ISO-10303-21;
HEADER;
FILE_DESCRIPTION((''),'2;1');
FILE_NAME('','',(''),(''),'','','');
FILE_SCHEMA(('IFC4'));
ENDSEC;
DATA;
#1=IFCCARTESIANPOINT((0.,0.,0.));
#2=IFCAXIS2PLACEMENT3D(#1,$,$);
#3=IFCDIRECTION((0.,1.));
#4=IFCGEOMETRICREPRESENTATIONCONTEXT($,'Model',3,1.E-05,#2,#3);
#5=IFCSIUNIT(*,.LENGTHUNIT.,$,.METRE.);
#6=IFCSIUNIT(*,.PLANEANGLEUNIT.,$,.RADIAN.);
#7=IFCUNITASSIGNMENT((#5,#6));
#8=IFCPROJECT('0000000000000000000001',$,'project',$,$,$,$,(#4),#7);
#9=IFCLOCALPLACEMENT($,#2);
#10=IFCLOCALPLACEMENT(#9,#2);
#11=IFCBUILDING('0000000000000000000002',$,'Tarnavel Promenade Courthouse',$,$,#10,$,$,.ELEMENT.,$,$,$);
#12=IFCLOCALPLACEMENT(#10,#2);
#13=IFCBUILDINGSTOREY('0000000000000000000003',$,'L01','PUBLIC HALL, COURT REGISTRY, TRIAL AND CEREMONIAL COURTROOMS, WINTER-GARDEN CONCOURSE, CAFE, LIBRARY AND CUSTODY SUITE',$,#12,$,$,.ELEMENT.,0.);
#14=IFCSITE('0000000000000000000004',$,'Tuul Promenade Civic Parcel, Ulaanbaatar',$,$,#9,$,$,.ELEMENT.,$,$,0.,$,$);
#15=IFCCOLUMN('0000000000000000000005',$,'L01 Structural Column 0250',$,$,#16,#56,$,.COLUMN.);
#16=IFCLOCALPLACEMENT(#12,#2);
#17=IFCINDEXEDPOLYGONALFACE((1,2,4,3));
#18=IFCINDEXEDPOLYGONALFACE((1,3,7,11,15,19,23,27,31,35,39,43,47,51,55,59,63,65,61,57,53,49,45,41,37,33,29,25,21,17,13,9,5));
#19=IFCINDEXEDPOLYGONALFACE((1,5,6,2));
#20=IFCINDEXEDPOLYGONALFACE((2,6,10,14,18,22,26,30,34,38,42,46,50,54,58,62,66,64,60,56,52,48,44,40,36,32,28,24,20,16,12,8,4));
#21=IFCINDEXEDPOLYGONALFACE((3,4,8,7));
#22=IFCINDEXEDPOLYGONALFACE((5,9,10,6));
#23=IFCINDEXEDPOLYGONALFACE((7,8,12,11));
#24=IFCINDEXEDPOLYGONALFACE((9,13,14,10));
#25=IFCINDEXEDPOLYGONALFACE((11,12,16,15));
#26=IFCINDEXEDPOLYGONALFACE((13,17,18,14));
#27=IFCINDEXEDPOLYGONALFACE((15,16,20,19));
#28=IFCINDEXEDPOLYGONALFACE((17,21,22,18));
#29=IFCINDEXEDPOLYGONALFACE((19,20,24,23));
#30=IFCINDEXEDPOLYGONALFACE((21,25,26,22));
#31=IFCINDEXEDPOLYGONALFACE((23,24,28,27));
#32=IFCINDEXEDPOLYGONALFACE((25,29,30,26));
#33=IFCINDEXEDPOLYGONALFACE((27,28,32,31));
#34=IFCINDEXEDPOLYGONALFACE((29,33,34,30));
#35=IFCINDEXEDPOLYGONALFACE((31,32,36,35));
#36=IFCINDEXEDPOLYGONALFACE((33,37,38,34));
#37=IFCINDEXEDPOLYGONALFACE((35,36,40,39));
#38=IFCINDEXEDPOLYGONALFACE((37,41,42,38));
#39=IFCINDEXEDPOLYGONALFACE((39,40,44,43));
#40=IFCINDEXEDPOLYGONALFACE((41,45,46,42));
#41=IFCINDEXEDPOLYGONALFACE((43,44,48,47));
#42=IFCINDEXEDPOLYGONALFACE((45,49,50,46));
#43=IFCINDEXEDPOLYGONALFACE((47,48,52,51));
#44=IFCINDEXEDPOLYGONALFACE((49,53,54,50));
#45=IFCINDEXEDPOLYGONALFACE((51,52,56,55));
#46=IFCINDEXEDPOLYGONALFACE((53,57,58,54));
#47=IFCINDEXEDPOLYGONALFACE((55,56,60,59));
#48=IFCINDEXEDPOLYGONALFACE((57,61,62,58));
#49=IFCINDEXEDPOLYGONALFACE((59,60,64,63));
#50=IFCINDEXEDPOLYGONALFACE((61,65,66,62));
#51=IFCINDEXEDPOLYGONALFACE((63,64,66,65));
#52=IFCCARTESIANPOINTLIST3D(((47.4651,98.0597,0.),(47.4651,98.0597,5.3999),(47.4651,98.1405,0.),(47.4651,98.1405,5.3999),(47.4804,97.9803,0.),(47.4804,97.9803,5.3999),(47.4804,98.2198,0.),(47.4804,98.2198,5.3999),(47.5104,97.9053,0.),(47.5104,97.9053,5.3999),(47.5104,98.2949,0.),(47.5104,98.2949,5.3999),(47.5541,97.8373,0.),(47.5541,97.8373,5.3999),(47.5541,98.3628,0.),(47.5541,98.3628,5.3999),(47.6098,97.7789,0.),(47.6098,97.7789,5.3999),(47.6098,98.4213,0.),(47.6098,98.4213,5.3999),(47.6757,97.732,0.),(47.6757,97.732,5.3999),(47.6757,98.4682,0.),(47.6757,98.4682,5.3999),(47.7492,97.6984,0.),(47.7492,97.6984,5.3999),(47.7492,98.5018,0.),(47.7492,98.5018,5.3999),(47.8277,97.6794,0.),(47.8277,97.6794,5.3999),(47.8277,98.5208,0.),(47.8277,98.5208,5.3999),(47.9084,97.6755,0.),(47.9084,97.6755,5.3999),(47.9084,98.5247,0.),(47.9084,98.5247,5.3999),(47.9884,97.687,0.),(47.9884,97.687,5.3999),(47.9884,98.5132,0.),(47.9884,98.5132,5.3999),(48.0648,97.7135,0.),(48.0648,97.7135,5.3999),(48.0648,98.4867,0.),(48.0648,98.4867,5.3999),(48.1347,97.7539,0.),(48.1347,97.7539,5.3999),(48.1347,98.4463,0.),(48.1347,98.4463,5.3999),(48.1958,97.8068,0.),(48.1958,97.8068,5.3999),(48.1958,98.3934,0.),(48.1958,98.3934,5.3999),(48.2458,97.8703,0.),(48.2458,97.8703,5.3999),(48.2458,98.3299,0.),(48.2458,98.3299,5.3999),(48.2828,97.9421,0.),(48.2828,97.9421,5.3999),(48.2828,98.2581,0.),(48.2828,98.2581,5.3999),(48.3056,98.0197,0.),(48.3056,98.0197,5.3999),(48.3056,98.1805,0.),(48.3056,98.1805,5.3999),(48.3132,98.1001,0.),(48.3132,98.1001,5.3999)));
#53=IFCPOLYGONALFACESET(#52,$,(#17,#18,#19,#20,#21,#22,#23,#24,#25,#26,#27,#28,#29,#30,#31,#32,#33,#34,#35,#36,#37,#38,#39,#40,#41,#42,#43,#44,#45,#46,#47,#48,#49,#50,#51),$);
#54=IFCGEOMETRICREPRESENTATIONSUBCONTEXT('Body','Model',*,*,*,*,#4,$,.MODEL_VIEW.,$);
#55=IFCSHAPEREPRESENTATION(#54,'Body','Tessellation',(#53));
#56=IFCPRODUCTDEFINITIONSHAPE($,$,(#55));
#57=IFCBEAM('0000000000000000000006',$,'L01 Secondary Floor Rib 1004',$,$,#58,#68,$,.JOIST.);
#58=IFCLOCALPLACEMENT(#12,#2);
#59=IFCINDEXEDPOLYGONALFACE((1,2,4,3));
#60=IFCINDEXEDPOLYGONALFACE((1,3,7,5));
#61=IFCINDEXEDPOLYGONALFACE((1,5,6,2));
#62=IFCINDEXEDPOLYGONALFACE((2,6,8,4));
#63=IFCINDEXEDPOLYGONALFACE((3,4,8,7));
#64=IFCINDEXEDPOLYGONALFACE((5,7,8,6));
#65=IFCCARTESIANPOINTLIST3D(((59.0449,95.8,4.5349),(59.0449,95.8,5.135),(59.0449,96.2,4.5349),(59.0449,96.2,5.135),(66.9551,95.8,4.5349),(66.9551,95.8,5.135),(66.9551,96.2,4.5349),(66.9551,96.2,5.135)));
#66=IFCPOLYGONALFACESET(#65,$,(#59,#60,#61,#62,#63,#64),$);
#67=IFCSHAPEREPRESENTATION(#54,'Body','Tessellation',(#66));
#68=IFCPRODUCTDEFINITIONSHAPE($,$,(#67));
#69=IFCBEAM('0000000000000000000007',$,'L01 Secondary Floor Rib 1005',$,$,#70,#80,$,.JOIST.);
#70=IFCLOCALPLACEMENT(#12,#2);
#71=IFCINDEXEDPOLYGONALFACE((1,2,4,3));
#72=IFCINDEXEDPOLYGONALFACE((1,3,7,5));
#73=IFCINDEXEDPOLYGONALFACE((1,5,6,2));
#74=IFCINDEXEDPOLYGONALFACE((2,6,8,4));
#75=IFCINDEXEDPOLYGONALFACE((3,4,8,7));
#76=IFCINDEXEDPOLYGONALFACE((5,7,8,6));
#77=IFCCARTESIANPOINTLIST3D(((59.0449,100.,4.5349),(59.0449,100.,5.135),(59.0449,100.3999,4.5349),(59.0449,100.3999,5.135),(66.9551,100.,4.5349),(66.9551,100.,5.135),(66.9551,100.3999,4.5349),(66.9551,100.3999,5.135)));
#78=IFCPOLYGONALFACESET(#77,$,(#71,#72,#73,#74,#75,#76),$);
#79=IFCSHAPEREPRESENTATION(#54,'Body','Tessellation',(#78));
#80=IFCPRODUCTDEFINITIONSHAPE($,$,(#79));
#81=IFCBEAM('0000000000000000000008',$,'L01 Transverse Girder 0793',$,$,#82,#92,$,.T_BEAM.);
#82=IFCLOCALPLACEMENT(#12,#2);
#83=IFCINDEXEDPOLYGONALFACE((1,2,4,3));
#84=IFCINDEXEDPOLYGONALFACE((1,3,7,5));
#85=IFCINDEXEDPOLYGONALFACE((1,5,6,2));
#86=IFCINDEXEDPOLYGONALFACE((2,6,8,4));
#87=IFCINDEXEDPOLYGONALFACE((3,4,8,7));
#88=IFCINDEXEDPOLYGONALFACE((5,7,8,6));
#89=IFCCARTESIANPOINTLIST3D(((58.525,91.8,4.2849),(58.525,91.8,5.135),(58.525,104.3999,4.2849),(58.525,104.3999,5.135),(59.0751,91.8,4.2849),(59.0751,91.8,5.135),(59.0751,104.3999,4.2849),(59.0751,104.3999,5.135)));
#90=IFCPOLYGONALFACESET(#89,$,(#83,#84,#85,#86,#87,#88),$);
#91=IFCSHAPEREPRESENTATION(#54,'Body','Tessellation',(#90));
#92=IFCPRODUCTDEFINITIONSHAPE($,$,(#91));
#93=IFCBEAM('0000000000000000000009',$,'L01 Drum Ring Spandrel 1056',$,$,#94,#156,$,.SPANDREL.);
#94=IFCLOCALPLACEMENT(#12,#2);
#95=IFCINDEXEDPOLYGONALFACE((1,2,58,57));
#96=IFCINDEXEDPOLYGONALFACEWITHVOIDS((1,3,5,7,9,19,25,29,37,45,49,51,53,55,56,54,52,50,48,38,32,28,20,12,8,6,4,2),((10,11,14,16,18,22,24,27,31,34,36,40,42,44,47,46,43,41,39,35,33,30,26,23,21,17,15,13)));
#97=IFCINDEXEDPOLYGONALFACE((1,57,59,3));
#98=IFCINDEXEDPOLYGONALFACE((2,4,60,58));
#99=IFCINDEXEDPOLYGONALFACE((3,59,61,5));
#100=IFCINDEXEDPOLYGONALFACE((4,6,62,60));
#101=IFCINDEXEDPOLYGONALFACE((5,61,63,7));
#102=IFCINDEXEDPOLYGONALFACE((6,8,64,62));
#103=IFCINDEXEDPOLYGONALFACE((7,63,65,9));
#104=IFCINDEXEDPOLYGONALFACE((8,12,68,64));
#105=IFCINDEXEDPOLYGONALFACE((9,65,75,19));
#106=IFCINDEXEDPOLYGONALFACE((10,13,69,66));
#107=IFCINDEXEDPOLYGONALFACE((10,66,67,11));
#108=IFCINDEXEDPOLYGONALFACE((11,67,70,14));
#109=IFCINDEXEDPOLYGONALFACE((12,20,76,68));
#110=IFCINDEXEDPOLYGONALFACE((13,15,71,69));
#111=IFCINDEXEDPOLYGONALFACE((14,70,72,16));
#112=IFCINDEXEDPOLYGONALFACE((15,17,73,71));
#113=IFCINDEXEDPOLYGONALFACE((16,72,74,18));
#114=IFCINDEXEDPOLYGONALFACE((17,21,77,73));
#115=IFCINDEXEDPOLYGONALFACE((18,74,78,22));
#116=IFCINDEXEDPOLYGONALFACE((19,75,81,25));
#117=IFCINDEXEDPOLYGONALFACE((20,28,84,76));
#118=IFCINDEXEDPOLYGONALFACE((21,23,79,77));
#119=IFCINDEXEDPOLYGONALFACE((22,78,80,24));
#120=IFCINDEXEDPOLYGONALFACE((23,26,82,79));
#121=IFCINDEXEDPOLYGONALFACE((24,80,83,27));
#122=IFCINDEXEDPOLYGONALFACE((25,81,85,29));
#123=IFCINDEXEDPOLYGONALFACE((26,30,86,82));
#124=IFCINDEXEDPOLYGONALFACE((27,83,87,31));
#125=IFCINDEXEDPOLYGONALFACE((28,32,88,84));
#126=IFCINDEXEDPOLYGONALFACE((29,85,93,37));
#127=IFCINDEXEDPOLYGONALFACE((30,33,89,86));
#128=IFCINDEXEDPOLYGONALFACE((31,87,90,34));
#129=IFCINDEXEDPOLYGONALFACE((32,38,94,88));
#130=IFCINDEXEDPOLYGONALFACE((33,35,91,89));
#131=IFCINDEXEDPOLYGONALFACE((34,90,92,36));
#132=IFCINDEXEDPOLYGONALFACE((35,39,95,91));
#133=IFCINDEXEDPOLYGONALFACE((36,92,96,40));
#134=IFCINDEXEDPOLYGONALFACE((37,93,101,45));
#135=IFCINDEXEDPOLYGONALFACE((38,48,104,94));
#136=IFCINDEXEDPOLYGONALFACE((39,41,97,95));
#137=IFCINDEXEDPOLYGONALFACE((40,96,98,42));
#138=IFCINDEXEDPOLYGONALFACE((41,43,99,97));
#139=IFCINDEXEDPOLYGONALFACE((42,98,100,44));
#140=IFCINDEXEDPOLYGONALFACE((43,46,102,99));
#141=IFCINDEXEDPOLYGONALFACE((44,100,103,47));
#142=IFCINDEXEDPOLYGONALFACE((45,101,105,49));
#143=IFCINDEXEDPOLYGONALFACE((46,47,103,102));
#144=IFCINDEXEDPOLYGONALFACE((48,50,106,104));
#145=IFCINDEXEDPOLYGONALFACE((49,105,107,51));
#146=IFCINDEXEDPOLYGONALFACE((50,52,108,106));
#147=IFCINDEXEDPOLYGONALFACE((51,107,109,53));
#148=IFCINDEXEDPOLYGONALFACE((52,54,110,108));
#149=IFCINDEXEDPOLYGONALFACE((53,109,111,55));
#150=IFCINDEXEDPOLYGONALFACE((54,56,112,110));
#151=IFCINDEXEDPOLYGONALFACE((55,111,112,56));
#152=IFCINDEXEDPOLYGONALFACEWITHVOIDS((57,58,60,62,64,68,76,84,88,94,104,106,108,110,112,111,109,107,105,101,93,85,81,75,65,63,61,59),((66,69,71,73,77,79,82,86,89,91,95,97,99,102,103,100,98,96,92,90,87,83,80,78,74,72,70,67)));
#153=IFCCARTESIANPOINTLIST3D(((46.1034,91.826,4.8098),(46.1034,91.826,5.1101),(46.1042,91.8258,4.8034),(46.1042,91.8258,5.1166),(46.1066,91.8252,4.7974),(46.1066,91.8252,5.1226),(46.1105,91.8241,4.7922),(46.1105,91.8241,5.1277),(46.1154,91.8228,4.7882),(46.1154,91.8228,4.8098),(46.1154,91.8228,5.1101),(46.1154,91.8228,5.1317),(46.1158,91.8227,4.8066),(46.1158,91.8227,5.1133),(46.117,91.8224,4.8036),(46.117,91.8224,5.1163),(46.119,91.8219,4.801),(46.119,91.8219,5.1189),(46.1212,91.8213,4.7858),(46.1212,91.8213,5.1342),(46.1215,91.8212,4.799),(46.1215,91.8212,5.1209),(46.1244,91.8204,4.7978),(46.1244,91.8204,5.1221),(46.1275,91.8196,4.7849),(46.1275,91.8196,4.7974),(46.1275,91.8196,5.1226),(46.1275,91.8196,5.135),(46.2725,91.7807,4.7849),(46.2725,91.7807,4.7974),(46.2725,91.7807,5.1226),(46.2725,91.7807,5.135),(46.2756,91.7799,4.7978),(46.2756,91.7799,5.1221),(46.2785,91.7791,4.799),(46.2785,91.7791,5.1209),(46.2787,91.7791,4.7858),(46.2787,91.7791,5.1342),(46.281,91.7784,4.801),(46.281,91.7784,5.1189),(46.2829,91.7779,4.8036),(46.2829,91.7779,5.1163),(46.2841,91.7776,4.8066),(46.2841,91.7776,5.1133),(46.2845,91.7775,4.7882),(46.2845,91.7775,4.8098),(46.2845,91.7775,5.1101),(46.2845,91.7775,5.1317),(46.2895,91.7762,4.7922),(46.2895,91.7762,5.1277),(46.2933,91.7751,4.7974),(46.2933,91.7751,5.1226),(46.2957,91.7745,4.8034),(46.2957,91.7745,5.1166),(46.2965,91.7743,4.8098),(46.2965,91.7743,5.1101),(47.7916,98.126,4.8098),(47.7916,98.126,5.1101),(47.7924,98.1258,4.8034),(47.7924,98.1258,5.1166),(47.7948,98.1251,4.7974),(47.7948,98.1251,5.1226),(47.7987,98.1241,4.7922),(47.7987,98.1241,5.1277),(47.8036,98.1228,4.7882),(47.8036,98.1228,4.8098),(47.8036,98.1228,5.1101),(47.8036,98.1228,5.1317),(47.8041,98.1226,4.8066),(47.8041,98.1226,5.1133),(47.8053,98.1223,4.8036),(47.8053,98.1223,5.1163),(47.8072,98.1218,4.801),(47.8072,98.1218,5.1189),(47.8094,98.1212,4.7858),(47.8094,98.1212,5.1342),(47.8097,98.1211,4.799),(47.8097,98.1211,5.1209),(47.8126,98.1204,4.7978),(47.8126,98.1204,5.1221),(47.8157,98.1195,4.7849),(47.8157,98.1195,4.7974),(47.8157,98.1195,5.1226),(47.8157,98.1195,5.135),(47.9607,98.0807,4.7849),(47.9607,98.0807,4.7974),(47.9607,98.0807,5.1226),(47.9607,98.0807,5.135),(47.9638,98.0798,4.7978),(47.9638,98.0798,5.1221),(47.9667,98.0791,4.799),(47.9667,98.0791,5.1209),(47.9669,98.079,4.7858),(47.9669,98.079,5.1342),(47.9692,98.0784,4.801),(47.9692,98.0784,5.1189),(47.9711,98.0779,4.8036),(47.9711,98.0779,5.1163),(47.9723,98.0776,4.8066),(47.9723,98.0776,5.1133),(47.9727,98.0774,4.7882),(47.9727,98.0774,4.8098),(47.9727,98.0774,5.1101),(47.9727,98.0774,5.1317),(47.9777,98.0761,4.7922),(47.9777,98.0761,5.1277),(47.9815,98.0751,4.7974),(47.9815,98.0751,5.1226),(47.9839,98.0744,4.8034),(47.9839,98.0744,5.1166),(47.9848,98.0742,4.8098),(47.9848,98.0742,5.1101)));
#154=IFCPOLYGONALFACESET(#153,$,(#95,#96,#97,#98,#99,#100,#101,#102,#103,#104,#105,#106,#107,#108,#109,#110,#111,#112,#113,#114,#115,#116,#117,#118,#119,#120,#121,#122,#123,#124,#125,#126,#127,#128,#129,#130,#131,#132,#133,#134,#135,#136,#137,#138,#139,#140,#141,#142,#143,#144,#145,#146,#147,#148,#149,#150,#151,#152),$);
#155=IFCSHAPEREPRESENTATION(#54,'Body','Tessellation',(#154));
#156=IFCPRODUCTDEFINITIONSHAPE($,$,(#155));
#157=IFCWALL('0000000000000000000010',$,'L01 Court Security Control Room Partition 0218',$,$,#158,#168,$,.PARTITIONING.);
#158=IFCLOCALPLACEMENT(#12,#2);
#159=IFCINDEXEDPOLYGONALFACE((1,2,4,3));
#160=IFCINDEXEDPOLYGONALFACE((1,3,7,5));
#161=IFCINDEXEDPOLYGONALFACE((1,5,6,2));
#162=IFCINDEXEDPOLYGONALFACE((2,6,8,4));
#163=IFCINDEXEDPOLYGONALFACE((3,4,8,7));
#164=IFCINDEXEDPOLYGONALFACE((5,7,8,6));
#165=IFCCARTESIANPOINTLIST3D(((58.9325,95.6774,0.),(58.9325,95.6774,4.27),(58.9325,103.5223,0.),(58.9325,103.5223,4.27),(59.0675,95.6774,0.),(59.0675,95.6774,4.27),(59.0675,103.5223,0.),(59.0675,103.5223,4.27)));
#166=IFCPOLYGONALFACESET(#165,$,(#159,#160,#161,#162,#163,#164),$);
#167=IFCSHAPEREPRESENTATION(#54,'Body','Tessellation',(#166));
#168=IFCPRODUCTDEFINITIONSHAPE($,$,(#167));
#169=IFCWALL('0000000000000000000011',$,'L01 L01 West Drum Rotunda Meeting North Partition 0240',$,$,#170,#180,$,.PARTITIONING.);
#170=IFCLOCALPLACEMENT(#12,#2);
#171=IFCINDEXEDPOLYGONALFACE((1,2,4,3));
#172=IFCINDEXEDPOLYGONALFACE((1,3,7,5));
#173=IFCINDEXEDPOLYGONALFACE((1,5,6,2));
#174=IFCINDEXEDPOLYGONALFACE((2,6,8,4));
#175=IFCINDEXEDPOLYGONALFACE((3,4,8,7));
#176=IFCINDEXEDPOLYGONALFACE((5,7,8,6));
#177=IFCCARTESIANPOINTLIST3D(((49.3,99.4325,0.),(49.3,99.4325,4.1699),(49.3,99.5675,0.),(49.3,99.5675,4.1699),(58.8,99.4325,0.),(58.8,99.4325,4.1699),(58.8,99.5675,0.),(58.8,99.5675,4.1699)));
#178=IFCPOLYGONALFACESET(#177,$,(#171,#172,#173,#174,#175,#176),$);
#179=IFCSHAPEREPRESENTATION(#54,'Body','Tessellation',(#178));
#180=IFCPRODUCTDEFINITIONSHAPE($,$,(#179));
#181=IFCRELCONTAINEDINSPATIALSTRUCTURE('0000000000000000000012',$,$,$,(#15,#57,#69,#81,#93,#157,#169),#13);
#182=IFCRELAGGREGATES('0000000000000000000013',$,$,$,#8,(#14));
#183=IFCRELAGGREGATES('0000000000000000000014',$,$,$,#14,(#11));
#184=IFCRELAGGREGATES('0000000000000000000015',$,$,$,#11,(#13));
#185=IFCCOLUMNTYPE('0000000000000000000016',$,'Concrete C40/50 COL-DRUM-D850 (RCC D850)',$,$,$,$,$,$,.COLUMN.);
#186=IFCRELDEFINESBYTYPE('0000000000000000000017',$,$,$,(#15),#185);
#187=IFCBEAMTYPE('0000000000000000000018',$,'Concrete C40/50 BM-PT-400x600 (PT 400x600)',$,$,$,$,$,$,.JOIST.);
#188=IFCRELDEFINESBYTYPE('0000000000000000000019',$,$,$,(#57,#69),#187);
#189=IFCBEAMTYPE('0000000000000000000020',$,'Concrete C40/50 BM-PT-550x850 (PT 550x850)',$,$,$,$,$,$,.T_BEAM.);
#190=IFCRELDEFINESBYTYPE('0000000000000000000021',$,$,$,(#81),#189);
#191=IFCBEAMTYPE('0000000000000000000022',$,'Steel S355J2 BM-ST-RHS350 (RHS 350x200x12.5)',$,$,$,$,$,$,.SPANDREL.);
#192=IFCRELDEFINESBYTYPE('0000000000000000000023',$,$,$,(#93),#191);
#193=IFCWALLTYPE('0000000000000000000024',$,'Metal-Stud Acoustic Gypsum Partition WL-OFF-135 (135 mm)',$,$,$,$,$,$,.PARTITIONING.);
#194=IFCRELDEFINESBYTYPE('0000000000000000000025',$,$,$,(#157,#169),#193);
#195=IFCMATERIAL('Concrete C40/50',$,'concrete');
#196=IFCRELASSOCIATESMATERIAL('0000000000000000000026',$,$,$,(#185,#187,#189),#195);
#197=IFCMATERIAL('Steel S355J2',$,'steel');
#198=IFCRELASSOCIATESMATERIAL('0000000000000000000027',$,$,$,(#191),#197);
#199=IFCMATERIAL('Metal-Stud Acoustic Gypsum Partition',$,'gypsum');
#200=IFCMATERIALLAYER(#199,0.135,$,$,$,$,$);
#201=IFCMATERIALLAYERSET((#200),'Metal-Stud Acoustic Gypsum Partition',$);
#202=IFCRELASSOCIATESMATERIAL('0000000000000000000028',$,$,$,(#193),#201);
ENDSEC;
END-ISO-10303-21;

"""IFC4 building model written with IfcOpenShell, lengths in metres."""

from ifc_helpers import new_model, si_unit, direction, frame, frame_2d, origin, origin_2d, place, context, subcontext, project, spatial, rectangle, hollow_rectangle, circle, extrude, material, layer, layer_set, material_profile, profile_set, type_object, element, save


model = new_model("IFC4")

# Units and contexts
model_context = context("Model", 3, precision=1e-05, world=origin(), true_north=direction((0.0, 1.0)))
body_context = subcontext(model_context, "Body", "Model", "MODEL_VIEW")
ifc_project = project(units=[si_unit("LENGTHUNIT", "METRE"), si_unit("PLANEANGLEUNIT", "RADIAN")], contexts=[model_context])

# Site, building, storey
site_placement = place(None, origin())
site = spatial("IfcSite", under=ifc_project, at=site_placement, Name="Tuul Promenade Civic Parcel, Ulaanbaatar", CompositionType="ELEMENT", RefElevation=0.0)
building_placement = place(site_placement, origin())
building = spatial("IfcBuilding", under=site, at=building_placement, Name="Tarnavel Promenade Courthouse", CompositionType="ELEMENT")
storey_placement = place(building_placement, origin())
storey = spatial("IfcBuildingStorey", under=building, at=storey_placement, Name="L01", Description="PUBLIC HALL, COURT REGISTRY, TRIAL AND CEREMONIAL COURTROOMS, WINTER-GARDEN CONCOURSE, CAFE, LIBRARY AND CUSTODY SUITE", CompositionType="ELEMENT", Elevation=0.0)

# Column
ifc_material_1 = material(Name="Concrete C40/50", Category="concrete")
ifc_material_profile_1 = material_profile(ifc_material_1, circle(Radius=0.425, at=origin_2d()), Name="RCC D850")
ifc_profile_set_1 = profile_set([ifc_material_profile_1], Name="Concrete C40/50")
column_type = type_object("IfcColumnType", Name="Concrete C40/50 COL-DRUM-D850 (RCC D850)", PredefinedType="COLUMN", material=ifc_profile_set_1)
column_placement = place(storey_placement, frame((47.8882, 98.1001, 0.0), z_axis=(0.0, 0.0, 1.0), x_axis=(1.0, 0.0, 0.0)))
element("IfcColumn", 1, at=column_placement, inside=storey, type_object=column_type, Name="L01 Structural Column 0250", PredefinedType="COLUMN", context=body_context, shape_type="SweptSolid", body=[
    extrude(circle(Radius=0.425, at=origin_2d()), origin(), (0.0, 0.0, 1.0), 5.3999),
])

# Beams
ifc_material_profile_2 = material_profile(ifc_material_1, rectangle(XDim=0.3999, YDim=0.6001, at=origin_2d()), Name="PT 400x600")
ifc_profile_set_2 = profile_set([ifc_material_profile_2], Name="Concrete C40/50")
beam_type_1 = type_object("IfcBeamType", Name="Concrete C40/50 BM-PT-400x600 (PT 400x600)", PredefinedType="JOIST", material=ifc_profile_set_2)
for number, where, z_axis, x_axis, name in (
    (2, (59.0449, 96.0, 4.835), (1.0, 0.0, 0.0), (0.0, 1.0, 0.0), "L01 Secondary Floor Rib 1004"),
    (3, (59.0449, 100.2, 4.835), (1.0, 0.0, 0.0), (0.0, 1.0, 0.0), "L01 Secondary Floor Rib 1005"),
):
    element("IfcBeam", number, at=place(storey_placement, frame(where, z_axis=z_axis, x_axis=x_axis)), inside=storey, type_object=beam_type_1, Name=name, PredefinedType="JOIST", context=body_context, shape_type="SweptSolid", body=[
        extrude(rectangle(XDim=0.3999, YDim=0.6001, at=origin_2d()), origin(), (0.0, 0.0, 1.0), 7.9102),
    ])
ifc_material_profile_3 = material_profile(ifc_material_1, rectangle(XDim=0.55, YDim=0.8501, at=origin_2d()), Name="PT 550x850")
ifc_profile_set_3 = profile_set([ifc_material_profile_3], Name="Concrete C40/50")
beam_type_2 = type_object("IfcBeamType", Name="Concrete C40/50 BM-PT-550x850 (PT 550x850)", PredefinedType="T_BEAM", material=ifc_profile_set_3)
beam_1_placement = place(storey_placement, frame((58.8, 91.8, 4.71), z_axis=(0.0, 1.0, 0.0), x_axis=(-1.0, 0.0, 0.0)))
element("IfcBeam", 4, at=beam_1_placement, inside=storey, type_object=beam_type_2, Name="L01 Transverse Girder 0793", PredefinedType="T_BEAM", context=body_context, shape_type="SweptSolid", body=[
    extrude(rectangle(XDim=0.55, YDim=0.8501, at=origin_2d()), origin(), (0.0, 0.0, 1.0), 12.5999),
])
ifc_material_2 = material(Name="Steel S355J2", Category="steel")
ifc_material_profile_4 = material_profile(ifc_material_2, hollow_rectangle(XDim=0.2, YDim=0.3501, WallThickness=0.0125, InnerFilletRadius=0.0125, OuterFilletRadius=0.0249, at=origin_2d()), Name="RHS 350x200x12.5")
ifc_profile_set_4 = profile_set([ifc_material_profile_4], Name="Steel S355J2")
beam_type_3 = type_object("IfcBeamType", Name="Steel S355J2 BM-ST-RHS350 (RHS 350x200x12.5)", PredefinedType="SPANDREL", material=ifc_profile_set_4)
beam_2_placement = place(storey_placement, frame((47.8882, 98.1001, 4.96), z_axis=(-0.258839, -0.96592, 0.0), x_axis=(0.96592, -0.258839, 0.0)))
element("IfcBeam", 5, at=beam_2_placement, inside=storey, type_object=beam_type_3, Name="L01 Drum Ring Spandrel 1056", PredefinedType="SPANDREL", context=body_context, shape_type="SweptSolid", body=[
    extrude(hollow_rectangle(XDim=0.2, YDim=0.3501, WallThickness=0.0125, InnerFilletRadius=0.0125, OuterFilletRadius=0.0249, at=origin_2d()), origin(), (0.0, 0.0, 1.0), 6.5222),
])

# Walls
ifc_material_3 = material(Name="Metal-Stud Acoustic Gypsum Partition", Category="gypsum")
ifc_layer_1 = layer(ifc_material_3, 0.135)
ifc_layer_set_1 = layer_set([ifc_layer_1], Name="Metal-Stud Acoustic Gypsum Partition")
wall_type_1 = type_object("IfcWallType", Name="Metal-Stud Acoustic Gypsum Partition WL-OFF-135 (135 mm)", PredefinedType="PARTITIONING", material=ifc_layer_set_1)
wall_1_placement = place(storey_placement, frame((59.0, 95.6775, 0.0), z_axis=(0.0, 0.0, 1.0), x_axis=(0.0, 1.0, 0.0)))
element("IfcWall", 6, at=wall_1_placement, inside=storey, type_object=wall_type_1, Name="L01 Court Security Control Room Partition 0218", PredefinedType="PARTITIONING", context=body_context, shape_type="SweptSolid", body=[
    extrude(rectangle(XDim=7.845, YDim=0.135, at=frame_2d((3.9224, 0.0))), origin(), (0.0, 0.0, 1.0), 4.27),
])
wall_2_placement = place(storey_placement, frame((49.3, 99.5, 0.0), z_axis=(0.0, 0.0, 1.0), x_axis=(1.0, 0.0, 0.0)))
element("IfcWall", 7, at=wall_2_placement, inside=storey, type_object=wall_type_1, Name="L01 L01 West Drum Rotunda Meeting North Partition 0240", PredefinedType="PARTITIONING", context=body_context, shape_type="SweptSolid", body=[
    extrude(rectangle(XDim=9.5, YDim=0.135, at=frame_2d((4.75, 0.0))), origin(), (0.0, 0.0, 1.0), 4.1699),
])

save(model, "model.ifc")
